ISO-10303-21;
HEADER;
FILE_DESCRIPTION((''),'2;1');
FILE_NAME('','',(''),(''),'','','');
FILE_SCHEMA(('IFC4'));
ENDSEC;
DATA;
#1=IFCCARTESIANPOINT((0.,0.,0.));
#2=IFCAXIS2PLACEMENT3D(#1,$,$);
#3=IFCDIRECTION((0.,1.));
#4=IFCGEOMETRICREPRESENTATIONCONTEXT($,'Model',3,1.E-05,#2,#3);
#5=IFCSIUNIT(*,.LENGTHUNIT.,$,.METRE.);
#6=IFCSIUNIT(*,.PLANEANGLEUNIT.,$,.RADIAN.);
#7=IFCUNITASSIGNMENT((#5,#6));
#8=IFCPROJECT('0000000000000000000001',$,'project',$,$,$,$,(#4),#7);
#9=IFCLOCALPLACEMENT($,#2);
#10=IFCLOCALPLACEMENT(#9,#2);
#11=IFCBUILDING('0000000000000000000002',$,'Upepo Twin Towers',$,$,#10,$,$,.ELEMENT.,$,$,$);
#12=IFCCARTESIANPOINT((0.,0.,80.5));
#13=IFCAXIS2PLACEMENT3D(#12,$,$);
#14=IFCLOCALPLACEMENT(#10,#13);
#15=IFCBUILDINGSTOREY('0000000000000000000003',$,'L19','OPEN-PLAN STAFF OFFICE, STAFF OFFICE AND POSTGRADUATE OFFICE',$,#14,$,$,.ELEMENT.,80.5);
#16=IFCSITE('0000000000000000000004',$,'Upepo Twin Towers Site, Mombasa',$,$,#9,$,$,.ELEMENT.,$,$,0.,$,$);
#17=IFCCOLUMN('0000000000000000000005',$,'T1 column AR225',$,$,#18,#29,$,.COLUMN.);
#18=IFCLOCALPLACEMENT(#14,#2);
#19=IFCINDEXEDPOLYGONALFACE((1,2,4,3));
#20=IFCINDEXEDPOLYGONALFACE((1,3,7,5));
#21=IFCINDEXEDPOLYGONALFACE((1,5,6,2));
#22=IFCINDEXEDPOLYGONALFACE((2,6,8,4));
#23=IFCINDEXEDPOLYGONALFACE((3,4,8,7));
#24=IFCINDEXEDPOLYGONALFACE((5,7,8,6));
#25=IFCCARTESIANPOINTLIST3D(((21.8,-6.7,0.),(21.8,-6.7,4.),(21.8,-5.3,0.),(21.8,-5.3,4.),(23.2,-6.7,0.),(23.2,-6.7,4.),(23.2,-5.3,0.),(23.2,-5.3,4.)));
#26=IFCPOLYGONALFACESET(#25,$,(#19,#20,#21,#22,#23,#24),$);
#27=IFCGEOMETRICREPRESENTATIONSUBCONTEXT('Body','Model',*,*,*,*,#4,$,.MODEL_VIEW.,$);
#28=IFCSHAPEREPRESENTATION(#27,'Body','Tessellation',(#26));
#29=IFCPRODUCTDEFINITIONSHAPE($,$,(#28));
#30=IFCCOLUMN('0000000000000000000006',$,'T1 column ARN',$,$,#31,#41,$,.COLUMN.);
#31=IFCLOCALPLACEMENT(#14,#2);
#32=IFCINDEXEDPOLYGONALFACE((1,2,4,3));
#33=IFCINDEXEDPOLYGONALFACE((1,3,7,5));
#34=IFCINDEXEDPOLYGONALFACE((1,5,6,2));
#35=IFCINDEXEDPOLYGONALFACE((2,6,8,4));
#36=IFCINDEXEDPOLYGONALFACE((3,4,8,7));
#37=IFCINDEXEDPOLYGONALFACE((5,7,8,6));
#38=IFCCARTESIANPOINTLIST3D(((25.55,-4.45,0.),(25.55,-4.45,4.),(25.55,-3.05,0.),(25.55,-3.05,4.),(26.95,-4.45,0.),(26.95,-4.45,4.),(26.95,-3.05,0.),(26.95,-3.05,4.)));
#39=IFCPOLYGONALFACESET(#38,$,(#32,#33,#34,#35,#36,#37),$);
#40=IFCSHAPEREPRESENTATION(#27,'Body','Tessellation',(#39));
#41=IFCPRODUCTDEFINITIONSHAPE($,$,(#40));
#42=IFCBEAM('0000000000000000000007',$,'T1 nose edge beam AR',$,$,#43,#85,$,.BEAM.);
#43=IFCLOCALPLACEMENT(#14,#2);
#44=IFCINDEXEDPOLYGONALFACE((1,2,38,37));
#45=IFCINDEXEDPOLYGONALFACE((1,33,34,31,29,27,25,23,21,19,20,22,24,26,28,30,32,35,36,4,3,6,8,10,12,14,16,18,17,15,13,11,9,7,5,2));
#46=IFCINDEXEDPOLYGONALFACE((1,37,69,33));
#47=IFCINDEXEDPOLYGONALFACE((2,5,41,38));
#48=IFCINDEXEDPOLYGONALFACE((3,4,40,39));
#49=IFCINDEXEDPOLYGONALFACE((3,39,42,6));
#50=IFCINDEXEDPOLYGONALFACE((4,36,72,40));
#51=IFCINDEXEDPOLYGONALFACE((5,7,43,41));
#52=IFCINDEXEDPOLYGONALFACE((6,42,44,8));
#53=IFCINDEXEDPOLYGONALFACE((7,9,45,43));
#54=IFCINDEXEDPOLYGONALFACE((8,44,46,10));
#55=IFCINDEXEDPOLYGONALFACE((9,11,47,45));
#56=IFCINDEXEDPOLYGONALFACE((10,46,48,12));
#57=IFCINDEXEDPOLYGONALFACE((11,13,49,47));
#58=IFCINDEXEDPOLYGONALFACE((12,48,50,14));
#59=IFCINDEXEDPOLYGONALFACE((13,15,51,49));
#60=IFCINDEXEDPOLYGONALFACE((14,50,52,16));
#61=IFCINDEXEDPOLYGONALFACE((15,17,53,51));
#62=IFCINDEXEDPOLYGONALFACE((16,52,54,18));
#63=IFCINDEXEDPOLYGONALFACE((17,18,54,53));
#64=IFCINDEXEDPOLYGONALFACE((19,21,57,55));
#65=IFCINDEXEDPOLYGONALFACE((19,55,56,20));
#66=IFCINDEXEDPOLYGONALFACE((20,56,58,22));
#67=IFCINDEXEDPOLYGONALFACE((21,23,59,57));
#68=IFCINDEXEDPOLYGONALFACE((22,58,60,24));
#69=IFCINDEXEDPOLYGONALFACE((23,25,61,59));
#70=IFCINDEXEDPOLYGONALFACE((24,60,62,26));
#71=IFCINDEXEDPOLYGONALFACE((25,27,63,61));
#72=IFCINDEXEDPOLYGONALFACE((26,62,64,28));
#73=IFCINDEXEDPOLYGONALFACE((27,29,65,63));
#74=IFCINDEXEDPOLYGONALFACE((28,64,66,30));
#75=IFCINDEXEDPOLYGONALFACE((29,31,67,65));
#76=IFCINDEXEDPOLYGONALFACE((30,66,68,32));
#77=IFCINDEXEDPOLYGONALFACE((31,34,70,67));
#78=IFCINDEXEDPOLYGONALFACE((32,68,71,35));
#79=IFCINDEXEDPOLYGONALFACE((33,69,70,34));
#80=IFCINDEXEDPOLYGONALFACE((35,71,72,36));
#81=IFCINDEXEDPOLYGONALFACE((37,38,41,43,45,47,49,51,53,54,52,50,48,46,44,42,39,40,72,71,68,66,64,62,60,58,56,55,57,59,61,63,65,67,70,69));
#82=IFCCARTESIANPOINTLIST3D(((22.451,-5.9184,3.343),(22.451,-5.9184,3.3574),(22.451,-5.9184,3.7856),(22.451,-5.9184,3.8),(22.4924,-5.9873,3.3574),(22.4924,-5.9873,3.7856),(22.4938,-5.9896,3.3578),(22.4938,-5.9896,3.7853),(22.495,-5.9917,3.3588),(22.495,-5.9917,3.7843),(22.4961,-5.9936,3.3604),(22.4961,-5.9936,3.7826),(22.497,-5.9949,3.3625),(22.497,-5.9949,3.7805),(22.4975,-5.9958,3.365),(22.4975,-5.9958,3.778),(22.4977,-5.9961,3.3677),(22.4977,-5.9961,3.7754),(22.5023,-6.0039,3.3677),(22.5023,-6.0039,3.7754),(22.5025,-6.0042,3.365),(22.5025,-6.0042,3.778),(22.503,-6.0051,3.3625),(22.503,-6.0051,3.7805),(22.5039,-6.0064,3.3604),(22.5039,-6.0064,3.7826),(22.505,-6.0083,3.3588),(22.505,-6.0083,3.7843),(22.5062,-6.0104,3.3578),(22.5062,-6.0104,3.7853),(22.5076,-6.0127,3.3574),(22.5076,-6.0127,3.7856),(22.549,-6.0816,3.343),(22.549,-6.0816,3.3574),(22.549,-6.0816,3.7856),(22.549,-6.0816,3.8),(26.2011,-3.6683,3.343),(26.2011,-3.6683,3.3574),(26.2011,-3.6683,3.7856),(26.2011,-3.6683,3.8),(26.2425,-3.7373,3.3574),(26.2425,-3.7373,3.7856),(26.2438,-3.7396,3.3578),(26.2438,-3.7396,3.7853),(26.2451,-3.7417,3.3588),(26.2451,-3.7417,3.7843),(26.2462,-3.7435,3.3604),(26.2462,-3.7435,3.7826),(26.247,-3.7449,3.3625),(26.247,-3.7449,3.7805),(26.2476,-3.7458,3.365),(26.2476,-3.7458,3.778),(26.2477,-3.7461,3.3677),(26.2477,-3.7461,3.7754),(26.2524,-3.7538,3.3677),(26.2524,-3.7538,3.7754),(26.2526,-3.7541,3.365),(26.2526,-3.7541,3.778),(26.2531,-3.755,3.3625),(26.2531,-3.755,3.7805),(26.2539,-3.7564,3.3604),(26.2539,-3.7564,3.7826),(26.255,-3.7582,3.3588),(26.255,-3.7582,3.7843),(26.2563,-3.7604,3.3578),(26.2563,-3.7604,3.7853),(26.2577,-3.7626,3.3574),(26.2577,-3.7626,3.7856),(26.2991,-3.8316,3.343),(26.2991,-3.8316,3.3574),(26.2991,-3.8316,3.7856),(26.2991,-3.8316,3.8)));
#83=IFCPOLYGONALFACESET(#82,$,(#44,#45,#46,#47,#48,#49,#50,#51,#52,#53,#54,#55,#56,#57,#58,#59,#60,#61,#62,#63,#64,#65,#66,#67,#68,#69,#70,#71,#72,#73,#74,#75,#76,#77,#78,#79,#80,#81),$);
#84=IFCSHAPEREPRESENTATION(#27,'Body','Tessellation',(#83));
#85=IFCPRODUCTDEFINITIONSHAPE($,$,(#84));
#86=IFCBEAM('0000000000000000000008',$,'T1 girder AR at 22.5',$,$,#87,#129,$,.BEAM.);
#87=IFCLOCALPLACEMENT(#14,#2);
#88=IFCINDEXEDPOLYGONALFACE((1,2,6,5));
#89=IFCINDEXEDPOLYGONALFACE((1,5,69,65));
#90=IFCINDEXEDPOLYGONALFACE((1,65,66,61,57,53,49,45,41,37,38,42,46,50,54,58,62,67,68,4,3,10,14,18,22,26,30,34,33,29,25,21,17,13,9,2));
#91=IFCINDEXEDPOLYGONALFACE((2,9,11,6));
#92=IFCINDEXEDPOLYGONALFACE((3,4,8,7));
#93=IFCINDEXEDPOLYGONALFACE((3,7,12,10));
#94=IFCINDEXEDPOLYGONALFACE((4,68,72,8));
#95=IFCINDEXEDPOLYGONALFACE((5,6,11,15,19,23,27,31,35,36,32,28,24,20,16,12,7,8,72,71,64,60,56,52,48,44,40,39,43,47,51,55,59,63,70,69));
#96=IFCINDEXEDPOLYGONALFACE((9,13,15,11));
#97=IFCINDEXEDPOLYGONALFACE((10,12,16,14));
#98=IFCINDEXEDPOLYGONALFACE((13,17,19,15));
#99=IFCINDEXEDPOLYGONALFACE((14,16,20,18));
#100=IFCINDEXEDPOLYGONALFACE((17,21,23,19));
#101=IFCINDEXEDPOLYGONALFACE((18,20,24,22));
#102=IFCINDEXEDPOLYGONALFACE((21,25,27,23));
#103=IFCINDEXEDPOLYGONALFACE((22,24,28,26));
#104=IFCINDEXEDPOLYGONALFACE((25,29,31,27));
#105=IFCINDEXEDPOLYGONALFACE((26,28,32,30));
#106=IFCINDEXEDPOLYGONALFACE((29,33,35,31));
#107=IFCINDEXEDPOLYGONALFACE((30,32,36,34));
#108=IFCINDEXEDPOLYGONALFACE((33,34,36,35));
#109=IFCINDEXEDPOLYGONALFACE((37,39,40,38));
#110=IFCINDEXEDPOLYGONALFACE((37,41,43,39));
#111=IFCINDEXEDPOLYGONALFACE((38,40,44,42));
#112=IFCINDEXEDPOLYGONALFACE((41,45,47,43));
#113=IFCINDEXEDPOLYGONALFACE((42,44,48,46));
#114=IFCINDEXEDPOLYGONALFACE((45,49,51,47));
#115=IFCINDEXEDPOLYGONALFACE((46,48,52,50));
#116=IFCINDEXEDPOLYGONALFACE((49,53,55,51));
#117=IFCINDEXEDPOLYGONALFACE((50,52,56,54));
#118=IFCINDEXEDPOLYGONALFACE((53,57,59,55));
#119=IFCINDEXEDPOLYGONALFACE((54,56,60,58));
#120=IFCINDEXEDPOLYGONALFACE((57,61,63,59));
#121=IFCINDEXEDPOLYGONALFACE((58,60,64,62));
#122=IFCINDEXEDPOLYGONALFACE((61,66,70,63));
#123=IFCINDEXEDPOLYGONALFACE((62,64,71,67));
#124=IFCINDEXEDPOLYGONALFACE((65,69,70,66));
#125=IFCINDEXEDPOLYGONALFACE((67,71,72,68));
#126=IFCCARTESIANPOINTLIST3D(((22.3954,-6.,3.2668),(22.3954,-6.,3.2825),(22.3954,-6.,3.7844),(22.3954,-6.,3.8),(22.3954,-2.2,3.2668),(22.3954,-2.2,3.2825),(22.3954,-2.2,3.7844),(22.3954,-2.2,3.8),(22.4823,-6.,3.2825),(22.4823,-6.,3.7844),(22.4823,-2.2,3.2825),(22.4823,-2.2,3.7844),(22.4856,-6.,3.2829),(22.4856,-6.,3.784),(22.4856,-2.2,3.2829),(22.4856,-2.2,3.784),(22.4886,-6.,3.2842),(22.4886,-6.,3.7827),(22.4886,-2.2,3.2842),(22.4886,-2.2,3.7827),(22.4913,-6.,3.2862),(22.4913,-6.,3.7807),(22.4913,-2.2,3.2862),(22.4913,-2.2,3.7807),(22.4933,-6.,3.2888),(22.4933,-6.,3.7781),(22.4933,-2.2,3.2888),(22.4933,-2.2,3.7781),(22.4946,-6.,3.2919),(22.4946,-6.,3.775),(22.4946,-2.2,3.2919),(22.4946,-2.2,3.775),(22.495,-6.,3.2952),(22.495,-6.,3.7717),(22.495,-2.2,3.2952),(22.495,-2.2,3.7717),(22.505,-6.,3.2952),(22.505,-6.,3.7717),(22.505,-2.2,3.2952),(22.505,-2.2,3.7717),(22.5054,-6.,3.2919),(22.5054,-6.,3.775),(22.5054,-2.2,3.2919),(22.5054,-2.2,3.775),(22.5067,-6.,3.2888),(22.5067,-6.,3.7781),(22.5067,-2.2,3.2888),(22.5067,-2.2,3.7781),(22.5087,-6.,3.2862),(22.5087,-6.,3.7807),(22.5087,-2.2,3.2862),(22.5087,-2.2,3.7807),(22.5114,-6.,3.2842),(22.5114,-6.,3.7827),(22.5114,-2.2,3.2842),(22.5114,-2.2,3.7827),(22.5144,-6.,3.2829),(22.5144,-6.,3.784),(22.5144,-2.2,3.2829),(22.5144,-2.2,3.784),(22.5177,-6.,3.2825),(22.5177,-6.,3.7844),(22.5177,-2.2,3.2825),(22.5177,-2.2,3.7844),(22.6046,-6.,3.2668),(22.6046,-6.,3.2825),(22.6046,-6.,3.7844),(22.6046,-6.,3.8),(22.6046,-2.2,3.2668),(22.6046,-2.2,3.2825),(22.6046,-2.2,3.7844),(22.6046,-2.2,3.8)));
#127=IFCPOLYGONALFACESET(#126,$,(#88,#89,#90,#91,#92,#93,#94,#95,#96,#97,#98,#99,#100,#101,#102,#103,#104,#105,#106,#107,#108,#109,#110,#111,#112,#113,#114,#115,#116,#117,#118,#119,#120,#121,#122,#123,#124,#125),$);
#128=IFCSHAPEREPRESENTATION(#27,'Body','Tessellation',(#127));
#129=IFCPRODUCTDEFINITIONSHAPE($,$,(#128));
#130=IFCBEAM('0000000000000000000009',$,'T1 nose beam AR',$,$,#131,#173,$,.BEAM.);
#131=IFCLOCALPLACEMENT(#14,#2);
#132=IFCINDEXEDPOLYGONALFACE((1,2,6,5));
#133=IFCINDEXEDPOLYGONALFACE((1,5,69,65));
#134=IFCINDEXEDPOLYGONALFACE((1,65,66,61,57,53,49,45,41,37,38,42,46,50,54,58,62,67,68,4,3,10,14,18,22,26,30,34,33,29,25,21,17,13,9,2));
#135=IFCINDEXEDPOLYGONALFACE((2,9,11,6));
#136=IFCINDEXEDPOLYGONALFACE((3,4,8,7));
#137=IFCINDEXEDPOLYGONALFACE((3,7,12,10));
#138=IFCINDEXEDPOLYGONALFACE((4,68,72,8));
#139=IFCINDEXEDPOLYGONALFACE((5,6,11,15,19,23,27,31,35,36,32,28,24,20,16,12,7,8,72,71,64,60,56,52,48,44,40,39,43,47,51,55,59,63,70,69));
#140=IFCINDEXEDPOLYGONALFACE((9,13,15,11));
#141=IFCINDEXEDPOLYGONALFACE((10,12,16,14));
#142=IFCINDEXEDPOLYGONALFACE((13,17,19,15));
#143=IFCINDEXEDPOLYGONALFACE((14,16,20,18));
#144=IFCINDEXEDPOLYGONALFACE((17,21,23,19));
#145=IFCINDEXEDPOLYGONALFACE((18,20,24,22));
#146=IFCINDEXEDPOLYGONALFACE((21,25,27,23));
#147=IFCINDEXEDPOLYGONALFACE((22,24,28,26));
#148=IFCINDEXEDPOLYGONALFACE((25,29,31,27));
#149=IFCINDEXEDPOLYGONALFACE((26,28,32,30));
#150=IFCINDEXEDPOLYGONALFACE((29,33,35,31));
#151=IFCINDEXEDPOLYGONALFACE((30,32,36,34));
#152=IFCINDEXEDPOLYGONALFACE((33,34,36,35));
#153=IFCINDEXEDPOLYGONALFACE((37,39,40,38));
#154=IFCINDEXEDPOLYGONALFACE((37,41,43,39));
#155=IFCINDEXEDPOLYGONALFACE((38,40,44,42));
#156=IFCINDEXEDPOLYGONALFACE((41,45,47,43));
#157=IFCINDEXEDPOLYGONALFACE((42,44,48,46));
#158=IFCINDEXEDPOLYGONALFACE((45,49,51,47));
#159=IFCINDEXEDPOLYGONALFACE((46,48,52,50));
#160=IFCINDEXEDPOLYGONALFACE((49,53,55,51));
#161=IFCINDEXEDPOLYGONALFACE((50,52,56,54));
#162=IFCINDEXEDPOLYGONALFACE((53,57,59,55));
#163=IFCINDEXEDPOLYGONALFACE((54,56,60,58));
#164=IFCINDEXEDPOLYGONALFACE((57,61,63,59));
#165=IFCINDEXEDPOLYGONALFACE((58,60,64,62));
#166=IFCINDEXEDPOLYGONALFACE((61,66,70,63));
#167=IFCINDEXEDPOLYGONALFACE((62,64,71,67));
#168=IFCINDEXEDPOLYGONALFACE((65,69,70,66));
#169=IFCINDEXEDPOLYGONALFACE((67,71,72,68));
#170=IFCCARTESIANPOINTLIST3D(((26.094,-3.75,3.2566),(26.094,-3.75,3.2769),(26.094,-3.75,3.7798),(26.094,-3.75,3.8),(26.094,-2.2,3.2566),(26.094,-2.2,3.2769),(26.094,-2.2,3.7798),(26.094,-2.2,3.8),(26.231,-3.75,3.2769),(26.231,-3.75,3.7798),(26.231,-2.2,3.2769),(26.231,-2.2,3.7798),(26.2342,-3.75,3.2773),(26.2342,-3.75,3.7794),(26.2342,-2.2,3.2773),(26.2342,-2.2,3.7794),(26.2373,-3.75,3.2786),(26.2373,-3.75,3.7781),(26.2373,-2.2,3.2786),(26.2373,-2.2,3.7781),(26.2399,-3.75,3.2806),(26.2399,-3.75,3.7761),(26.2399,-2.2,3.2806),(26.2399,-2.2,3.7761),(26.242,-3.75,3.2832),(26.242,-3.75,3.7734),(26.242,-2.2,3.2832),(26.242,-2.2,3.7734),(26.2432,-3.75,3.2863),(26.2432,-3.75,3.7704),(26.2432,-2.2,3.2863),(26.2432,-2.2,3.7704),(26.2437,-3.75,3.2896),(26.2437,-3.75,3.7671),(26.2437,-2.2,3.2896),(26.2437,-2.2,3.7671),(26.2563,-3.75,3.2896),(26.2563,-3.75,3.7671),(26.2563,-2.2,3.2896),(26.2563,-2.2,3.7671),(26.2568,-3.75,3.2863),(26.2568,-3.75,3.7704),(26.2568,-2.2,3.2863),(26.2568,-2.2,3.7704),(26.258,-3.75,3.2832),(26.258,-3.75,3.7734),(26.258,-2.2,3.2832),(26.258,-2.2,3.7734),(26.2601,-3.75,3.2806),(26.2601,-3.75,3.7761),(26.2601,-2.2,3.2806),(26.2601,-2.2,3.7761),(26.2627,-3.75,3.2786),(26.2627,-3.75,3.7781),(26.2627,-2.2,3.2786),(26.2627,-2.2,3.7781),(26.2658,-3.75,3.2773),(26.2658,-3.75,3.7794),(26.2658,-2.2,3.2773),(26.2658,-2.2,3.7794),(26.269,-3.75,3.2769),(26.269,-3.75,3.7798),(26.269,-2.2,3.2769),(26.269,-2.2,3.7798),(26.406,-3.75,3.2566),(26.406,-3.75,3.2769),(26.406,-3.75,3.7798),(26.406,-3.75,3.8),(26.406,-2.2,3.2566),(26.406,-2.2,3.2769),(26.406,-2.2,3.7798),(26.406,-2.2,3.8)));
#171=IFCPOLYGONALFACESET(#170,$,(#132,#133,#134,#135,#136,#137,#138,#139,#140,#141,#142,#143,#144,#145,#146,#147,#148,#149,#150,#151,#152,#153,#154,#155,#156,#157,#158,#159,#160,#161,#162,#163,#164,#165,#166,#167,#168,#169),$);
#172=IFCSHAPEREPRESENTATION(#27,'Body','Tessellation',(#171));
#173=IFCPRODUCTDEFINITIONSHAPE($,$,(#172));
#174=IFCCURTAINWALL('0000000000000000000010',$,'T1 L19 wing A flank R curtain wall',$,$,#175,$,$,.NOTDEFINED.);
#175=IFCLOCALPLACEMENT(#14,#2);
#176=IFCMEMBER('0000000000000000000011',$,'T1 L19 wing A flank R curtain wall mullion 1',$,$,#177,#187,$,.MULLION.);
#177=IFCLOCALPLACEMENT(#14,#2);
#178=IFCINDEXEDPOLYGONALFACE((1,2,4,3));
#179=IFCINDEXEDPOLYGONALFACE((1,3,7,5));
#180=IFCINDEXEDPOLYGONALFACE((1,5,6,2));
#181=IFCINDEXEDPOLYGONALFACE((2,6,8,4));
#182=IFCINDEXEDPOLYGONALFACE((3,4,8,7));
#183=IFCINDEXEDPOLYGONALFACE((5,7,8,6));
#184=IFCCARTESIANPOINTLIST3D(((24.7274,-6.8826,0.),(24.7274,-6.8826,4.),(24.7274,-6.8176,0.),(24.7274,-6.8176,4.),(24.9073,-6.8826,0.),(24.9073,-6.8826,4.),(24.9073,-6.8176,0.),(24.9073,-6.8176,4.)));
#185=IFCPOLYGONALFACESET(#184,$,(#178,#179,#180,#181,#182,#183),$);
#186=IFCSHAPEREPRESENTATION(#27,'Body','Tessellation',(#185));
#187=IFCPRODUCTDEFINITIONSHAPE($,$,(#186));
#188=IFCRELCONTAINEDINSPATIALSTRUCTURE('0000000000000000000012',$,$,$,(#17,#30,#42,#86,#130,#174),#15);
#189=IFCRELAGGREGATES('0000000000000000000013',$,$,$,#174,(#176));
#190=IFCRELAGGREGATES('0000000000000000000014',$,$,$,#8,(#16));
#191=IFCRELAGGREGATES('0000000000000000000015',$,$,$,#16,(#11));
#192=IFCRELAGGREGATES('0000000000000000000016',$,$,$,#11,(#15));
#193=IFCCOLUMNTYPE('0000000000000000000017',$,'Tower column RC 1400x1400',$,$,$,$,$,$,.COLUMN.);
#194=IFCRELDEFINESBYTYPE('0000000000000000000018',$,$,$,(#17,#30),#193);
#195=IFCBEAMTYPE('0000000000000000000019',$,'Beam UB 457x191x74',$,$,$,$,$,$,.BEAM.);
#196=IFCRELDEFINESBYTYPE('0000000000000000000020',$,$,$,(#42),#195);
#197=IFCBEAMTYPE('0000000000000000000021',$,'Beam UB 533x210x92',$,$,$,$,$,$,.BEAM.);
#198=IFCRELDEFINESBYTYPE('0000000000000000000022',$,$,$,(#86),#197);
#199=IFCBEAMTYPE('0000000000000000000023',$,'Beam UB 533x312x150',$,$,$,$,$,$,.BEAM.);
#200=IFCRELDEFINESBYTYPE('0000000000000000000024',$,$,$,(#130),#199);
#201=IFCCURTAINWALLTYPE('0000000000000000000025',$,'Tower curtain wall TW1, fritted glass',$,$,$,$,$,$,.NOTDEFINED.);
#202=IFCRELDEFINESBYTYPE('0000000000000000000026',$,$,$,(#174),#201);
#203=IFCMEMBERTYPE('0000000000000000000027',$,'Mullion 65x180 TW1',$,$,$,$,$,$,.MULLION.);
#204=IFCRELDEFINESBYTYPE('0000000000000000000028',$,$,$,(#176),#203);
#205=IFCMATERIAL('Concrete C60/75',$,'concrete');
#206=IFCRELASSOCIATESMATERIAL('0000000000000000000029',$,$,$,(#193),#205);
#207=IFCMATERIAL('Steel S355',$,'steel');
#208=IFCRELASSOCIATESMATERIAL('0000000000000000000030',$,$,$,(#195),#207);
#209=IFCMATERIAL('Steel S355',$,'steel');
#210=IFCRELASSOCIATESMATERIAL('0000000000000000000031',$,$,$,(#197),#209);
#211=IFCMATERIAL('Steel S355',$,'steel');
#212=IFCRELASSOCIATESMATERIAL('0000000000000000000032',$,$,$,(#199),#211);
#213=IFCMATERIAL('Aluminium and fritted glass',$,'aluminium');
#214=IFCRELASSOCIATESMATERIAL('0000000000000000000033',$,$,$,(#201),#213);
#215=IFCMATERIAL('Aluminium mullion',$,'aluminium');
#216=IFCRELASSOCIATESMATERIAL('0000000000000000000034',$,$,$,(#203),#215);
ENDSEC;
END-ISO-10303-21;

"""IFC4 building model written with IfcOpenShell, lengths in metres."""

from ifc_helpers import new_model, si_unit, direction, frame, origin, origin_2d, place, context, subcontext, project, spatial, rectangle, i_section, extrude, material, material_profile, profile_set, type_object, element, aggregate, save


model = new_model("IFC4")

# Units and contexts
model_context = context("Model", 3, precision=1e-05, world=origin(), true_north=direction((0.0, 1.0)))
body_context = subcontext(model_context, "Body", "Model", "MODEL_VIEW")
ifc_project = project(units=[si_unit("LENGTHUNIT", "METRE"), si_unit("PLANEANGLEUNIT", "RADIAN")], contexts=[model_context])

# Site, building, storey
site_placement = place(None, origin())
site = spatial("IfcSite", under=ifc_project, at=site_placement, Name="Upepo Twin Towers Site, Mombasa", CompositionType="ELEMENT", RefElevation=0.0)
building_placement = place(site_placement, origin())
building = spatial("IfcBuilding", under=site, at=building_placement, Name="Upepo Twin Towers", CompositionType="ELEMENT")
storey_placement = place(building_placement, frame((0.0, 0.0, 80.5)))
storey = spatial("IfcBuildingStorey", under=building, at=storey_placement, Name="L19", Description="OPEN-PLAN STAFF OFFICE, STAFF OFFICE AND POSTGRADUATE OFFICE", CompositionType="ELEMENT", Elevation=80.5)

# Columns
ifc_material_1 = material(Name="Concrete C60/75", Category="concrete")
ifc_material_profile_1 = material_profile(ifc_material_1, rectangle(XDim=1.3999, YDim=1.3999, at=origin_2d()), Name="RC 1400x1400")
ifc_profile_set_1 = profile_set([ifc_material_profile_1], Name="Concrete C60/75")
column_type = type_object("IfcColumnType", Name="Tower column RC 1400x1400", PredefinedType="COLUMN", material=ifc_profile_set_1)
for number, where, z_axis, x_axis, name in (
    (1, (22.5, -6.0, 0.0), (0.0, 0.0, 1.0), (1.0, 0.0, 0.0), "T1 column AR225"),
    (2, (26.25, -3.75, 0.0), (0.0, 0.0, 1.0), (1.0, 0.0, 0.0), "T1 column ARN"),
):
    element("IfcColumn", number, at=place(storey_placement, frame(where, z_axis=z_axis, x_axis=x_axis)), inside=storey, type_object=column_type, Name=name, PredefinedType="COLUMN", context=body_context, shape_type="SweptSolid", body=[
        extrude(rectangle(XDim=1.3999, YDim=1.3999, at=origin_2d()), origin(), (0.0, 0.0, 1.0), 4.0),
    ])

# Beams
ifc_material_2 = material(Name="Steel S355", Category="steel")
ifc_material_profile_2 = material_profile(ifc_material_2, i_section(OverallWidth=0.1904, OverallDepth=0.457, WebThickness=0.009, FlangeThickness=0.0144, FilletRadius=0.0103, at=origin_2d()), Name="UB 457x191x74")
ifc_profile_set_2 = profile_set([ifc_material_profile_2], Name="Steel S355")
beam_type_1 = type_object("IfcBeamType", Name="Beam UB 457x191x74", PredefinedType="BEAM", material=ifc_profile_set_2)
beam_1_placement = place(storey_placement, frame((22.5, -6.0, 3.5715), z_axis=(0.857493, 0.514496, 0.0), x_axis=(-0.514496, 0.857493, 0.0)))
element("IfcBeam", 3, at=beam_1_placement, inside=storey, type_object=beam_type_1, Name="T1 nose edge beam AR", PredefinedType="BEAM", context=body_context, shape_type="SweptSolid", body=[
    extrude(i_section(OverallWidth=0.1904, OverallDepth=0.457, WebThickness=0.009, FlangeThickness=0.0144, FilletRadius=0.0103, at=origin_2d()), origin(), (0.0, 0.0, 1.0), 4.3733),
])
ifc_material_3 = material(Name="Steel S355", Category="steel")
ifc_material_profile_3 = material_profile(ifc_material_3, i_section(OverallWidth=0.2092, OverallDepth=0.5332, WebThickness=0.01, FlangeThickness=0.0156, FilletRadius=0.0127, at=origin_2d()), Name="UB 533x210x92")
ifc_profile_set_3 = profile_set([ifc_material_profile_3], Name="Steel S355")
beam_type_2 = type_object("IfcBeamType", Name="Beam UB 533x210x92", PredefinedType="BEAM", material=ifc_profile_set_3)
beam_2_placement = place(storey_placement, frame((22.5, -6.0, 3.5334), z_axis=(0.0, 1.0, 0.0), x_axis=(-1.0, 0.0, 0.0)))
element("IfcBeam", 4, at=beam_2_placement, inside=storey, type_object=beam_type_2, Name="T1 girder AR at 22.5", PredefinedType="BEAM", context=body_context, shape_type="SweptSolid", body=[
    extrude(i_section(OverallWidth=0.2092, OverallDepth=0.5332, WebThickness=0.01, FlangeThickness=0.0156, FilletRadius=0.0127, at=origin_2d()), origin(), (0.0, 0.0, 1.0), 3.8),
])
ifc_material_4 = material(Name="Steel S355", Category="steel")
ifc_material_profile_4 = material_profile(ifc_material_4, i_section(OverallWidth=0.312, OverallDepth=0.5435, WebThickness=0.0127, FlangeThickness=0.0203, FilletRadius=0.0127, at=origin_2d()), Name="UB 533x312x150")
ifc_profile_set_4 = profile_set([ifc_material_profile_4], Name="Steel S355")
beam_type_3 = type_object("IfcBeamType", Name="Beam UB 533x312x150", PredefinedType="BEAM", material=ifc_profile_set_4)
beam_3_placement = place(storey_placement, frame((26.25, -3.75, 3.5283), z_axis=(0.0, 1.0, 0.0), x_axis=(-1.0, 0.0, 0.0)))
element("IfcBeam", 5, at=beam_3_placement, inside=storey, type_object=beam_type_3, Name="T1 nose beam AR", PredefinedType="BEAM", context=body_context, shape_type="SweptSolid", body=[
    extrude(i_section(OverallWidth=0.312, OverallDepth=0.5435, WebThickness=0.0127, FlangeThickness=0.0203, FilletRadius=0.0127, at=origin_2d()), origin(), (0.0, 0.0, 1.0), 1.55),
])

# Curtain wall, member
ifc_material_5 = material(Name="Aluminium and fritted glass", Category="aluminium")
curtain_wall_type = type_object("IfcCurtainWallType", Name="Tower curtain wall TW1, fritted glass", PredefinedType="NOTDEFINED", material=ifc_material_5)
curtain_wall_1_placement = place(storey_placement, origin())
curtain_wall_1 = element("IfcCurtainWall", 6, at=curtain_wall_1_placement, inside=storey, type_object=curtain_wall_type, Name="T1 L19 wing A flank R curtain wall", PredefinedType="NOTDEFINED")
ifc_material_6 = material(Name="Aluminium mullion", Category="aluminium")
ifc_material_profile_5 = material_profile(ifc_material_6, rectangle(XDim=0.0649, YDim=0.1799, at=origin_2d()), Name="MULLION 65x180")
ifc_profile_set_5 = profile_set([ifc_material_profile_5], Name="Aluminium mullion")
member_type_1 = type_object("IfcMemberType", Name="Mullion 65x180 TW1", PredefinedType="MULLION", material=ifc_profile_set_5)
member_1_placement = place(storey_placement, frame((24.8174, -6.8501, 0.0), z_axis=(0.0, 0.0, 1.0), x_axis=(0.0, -1.0, 0.0)))
member_1 = element("IfcMember", 7, at=member_1_placement, type_object=member_type_1, Name="T1 L19 wing A flank R curtain wall mullion 1", PredefinedType="MULLION", context=body_context, shape_type="SweptSolid", body=[
    extrude(rectangle(XDim=0.0649, YDim=0.1799, at=origin_2d()), origin(), (0.0, 0.0, 1.0), 4.0),
])

aggregate(curtain_wall_1, [member_1])

save(model, "model.ifc")
